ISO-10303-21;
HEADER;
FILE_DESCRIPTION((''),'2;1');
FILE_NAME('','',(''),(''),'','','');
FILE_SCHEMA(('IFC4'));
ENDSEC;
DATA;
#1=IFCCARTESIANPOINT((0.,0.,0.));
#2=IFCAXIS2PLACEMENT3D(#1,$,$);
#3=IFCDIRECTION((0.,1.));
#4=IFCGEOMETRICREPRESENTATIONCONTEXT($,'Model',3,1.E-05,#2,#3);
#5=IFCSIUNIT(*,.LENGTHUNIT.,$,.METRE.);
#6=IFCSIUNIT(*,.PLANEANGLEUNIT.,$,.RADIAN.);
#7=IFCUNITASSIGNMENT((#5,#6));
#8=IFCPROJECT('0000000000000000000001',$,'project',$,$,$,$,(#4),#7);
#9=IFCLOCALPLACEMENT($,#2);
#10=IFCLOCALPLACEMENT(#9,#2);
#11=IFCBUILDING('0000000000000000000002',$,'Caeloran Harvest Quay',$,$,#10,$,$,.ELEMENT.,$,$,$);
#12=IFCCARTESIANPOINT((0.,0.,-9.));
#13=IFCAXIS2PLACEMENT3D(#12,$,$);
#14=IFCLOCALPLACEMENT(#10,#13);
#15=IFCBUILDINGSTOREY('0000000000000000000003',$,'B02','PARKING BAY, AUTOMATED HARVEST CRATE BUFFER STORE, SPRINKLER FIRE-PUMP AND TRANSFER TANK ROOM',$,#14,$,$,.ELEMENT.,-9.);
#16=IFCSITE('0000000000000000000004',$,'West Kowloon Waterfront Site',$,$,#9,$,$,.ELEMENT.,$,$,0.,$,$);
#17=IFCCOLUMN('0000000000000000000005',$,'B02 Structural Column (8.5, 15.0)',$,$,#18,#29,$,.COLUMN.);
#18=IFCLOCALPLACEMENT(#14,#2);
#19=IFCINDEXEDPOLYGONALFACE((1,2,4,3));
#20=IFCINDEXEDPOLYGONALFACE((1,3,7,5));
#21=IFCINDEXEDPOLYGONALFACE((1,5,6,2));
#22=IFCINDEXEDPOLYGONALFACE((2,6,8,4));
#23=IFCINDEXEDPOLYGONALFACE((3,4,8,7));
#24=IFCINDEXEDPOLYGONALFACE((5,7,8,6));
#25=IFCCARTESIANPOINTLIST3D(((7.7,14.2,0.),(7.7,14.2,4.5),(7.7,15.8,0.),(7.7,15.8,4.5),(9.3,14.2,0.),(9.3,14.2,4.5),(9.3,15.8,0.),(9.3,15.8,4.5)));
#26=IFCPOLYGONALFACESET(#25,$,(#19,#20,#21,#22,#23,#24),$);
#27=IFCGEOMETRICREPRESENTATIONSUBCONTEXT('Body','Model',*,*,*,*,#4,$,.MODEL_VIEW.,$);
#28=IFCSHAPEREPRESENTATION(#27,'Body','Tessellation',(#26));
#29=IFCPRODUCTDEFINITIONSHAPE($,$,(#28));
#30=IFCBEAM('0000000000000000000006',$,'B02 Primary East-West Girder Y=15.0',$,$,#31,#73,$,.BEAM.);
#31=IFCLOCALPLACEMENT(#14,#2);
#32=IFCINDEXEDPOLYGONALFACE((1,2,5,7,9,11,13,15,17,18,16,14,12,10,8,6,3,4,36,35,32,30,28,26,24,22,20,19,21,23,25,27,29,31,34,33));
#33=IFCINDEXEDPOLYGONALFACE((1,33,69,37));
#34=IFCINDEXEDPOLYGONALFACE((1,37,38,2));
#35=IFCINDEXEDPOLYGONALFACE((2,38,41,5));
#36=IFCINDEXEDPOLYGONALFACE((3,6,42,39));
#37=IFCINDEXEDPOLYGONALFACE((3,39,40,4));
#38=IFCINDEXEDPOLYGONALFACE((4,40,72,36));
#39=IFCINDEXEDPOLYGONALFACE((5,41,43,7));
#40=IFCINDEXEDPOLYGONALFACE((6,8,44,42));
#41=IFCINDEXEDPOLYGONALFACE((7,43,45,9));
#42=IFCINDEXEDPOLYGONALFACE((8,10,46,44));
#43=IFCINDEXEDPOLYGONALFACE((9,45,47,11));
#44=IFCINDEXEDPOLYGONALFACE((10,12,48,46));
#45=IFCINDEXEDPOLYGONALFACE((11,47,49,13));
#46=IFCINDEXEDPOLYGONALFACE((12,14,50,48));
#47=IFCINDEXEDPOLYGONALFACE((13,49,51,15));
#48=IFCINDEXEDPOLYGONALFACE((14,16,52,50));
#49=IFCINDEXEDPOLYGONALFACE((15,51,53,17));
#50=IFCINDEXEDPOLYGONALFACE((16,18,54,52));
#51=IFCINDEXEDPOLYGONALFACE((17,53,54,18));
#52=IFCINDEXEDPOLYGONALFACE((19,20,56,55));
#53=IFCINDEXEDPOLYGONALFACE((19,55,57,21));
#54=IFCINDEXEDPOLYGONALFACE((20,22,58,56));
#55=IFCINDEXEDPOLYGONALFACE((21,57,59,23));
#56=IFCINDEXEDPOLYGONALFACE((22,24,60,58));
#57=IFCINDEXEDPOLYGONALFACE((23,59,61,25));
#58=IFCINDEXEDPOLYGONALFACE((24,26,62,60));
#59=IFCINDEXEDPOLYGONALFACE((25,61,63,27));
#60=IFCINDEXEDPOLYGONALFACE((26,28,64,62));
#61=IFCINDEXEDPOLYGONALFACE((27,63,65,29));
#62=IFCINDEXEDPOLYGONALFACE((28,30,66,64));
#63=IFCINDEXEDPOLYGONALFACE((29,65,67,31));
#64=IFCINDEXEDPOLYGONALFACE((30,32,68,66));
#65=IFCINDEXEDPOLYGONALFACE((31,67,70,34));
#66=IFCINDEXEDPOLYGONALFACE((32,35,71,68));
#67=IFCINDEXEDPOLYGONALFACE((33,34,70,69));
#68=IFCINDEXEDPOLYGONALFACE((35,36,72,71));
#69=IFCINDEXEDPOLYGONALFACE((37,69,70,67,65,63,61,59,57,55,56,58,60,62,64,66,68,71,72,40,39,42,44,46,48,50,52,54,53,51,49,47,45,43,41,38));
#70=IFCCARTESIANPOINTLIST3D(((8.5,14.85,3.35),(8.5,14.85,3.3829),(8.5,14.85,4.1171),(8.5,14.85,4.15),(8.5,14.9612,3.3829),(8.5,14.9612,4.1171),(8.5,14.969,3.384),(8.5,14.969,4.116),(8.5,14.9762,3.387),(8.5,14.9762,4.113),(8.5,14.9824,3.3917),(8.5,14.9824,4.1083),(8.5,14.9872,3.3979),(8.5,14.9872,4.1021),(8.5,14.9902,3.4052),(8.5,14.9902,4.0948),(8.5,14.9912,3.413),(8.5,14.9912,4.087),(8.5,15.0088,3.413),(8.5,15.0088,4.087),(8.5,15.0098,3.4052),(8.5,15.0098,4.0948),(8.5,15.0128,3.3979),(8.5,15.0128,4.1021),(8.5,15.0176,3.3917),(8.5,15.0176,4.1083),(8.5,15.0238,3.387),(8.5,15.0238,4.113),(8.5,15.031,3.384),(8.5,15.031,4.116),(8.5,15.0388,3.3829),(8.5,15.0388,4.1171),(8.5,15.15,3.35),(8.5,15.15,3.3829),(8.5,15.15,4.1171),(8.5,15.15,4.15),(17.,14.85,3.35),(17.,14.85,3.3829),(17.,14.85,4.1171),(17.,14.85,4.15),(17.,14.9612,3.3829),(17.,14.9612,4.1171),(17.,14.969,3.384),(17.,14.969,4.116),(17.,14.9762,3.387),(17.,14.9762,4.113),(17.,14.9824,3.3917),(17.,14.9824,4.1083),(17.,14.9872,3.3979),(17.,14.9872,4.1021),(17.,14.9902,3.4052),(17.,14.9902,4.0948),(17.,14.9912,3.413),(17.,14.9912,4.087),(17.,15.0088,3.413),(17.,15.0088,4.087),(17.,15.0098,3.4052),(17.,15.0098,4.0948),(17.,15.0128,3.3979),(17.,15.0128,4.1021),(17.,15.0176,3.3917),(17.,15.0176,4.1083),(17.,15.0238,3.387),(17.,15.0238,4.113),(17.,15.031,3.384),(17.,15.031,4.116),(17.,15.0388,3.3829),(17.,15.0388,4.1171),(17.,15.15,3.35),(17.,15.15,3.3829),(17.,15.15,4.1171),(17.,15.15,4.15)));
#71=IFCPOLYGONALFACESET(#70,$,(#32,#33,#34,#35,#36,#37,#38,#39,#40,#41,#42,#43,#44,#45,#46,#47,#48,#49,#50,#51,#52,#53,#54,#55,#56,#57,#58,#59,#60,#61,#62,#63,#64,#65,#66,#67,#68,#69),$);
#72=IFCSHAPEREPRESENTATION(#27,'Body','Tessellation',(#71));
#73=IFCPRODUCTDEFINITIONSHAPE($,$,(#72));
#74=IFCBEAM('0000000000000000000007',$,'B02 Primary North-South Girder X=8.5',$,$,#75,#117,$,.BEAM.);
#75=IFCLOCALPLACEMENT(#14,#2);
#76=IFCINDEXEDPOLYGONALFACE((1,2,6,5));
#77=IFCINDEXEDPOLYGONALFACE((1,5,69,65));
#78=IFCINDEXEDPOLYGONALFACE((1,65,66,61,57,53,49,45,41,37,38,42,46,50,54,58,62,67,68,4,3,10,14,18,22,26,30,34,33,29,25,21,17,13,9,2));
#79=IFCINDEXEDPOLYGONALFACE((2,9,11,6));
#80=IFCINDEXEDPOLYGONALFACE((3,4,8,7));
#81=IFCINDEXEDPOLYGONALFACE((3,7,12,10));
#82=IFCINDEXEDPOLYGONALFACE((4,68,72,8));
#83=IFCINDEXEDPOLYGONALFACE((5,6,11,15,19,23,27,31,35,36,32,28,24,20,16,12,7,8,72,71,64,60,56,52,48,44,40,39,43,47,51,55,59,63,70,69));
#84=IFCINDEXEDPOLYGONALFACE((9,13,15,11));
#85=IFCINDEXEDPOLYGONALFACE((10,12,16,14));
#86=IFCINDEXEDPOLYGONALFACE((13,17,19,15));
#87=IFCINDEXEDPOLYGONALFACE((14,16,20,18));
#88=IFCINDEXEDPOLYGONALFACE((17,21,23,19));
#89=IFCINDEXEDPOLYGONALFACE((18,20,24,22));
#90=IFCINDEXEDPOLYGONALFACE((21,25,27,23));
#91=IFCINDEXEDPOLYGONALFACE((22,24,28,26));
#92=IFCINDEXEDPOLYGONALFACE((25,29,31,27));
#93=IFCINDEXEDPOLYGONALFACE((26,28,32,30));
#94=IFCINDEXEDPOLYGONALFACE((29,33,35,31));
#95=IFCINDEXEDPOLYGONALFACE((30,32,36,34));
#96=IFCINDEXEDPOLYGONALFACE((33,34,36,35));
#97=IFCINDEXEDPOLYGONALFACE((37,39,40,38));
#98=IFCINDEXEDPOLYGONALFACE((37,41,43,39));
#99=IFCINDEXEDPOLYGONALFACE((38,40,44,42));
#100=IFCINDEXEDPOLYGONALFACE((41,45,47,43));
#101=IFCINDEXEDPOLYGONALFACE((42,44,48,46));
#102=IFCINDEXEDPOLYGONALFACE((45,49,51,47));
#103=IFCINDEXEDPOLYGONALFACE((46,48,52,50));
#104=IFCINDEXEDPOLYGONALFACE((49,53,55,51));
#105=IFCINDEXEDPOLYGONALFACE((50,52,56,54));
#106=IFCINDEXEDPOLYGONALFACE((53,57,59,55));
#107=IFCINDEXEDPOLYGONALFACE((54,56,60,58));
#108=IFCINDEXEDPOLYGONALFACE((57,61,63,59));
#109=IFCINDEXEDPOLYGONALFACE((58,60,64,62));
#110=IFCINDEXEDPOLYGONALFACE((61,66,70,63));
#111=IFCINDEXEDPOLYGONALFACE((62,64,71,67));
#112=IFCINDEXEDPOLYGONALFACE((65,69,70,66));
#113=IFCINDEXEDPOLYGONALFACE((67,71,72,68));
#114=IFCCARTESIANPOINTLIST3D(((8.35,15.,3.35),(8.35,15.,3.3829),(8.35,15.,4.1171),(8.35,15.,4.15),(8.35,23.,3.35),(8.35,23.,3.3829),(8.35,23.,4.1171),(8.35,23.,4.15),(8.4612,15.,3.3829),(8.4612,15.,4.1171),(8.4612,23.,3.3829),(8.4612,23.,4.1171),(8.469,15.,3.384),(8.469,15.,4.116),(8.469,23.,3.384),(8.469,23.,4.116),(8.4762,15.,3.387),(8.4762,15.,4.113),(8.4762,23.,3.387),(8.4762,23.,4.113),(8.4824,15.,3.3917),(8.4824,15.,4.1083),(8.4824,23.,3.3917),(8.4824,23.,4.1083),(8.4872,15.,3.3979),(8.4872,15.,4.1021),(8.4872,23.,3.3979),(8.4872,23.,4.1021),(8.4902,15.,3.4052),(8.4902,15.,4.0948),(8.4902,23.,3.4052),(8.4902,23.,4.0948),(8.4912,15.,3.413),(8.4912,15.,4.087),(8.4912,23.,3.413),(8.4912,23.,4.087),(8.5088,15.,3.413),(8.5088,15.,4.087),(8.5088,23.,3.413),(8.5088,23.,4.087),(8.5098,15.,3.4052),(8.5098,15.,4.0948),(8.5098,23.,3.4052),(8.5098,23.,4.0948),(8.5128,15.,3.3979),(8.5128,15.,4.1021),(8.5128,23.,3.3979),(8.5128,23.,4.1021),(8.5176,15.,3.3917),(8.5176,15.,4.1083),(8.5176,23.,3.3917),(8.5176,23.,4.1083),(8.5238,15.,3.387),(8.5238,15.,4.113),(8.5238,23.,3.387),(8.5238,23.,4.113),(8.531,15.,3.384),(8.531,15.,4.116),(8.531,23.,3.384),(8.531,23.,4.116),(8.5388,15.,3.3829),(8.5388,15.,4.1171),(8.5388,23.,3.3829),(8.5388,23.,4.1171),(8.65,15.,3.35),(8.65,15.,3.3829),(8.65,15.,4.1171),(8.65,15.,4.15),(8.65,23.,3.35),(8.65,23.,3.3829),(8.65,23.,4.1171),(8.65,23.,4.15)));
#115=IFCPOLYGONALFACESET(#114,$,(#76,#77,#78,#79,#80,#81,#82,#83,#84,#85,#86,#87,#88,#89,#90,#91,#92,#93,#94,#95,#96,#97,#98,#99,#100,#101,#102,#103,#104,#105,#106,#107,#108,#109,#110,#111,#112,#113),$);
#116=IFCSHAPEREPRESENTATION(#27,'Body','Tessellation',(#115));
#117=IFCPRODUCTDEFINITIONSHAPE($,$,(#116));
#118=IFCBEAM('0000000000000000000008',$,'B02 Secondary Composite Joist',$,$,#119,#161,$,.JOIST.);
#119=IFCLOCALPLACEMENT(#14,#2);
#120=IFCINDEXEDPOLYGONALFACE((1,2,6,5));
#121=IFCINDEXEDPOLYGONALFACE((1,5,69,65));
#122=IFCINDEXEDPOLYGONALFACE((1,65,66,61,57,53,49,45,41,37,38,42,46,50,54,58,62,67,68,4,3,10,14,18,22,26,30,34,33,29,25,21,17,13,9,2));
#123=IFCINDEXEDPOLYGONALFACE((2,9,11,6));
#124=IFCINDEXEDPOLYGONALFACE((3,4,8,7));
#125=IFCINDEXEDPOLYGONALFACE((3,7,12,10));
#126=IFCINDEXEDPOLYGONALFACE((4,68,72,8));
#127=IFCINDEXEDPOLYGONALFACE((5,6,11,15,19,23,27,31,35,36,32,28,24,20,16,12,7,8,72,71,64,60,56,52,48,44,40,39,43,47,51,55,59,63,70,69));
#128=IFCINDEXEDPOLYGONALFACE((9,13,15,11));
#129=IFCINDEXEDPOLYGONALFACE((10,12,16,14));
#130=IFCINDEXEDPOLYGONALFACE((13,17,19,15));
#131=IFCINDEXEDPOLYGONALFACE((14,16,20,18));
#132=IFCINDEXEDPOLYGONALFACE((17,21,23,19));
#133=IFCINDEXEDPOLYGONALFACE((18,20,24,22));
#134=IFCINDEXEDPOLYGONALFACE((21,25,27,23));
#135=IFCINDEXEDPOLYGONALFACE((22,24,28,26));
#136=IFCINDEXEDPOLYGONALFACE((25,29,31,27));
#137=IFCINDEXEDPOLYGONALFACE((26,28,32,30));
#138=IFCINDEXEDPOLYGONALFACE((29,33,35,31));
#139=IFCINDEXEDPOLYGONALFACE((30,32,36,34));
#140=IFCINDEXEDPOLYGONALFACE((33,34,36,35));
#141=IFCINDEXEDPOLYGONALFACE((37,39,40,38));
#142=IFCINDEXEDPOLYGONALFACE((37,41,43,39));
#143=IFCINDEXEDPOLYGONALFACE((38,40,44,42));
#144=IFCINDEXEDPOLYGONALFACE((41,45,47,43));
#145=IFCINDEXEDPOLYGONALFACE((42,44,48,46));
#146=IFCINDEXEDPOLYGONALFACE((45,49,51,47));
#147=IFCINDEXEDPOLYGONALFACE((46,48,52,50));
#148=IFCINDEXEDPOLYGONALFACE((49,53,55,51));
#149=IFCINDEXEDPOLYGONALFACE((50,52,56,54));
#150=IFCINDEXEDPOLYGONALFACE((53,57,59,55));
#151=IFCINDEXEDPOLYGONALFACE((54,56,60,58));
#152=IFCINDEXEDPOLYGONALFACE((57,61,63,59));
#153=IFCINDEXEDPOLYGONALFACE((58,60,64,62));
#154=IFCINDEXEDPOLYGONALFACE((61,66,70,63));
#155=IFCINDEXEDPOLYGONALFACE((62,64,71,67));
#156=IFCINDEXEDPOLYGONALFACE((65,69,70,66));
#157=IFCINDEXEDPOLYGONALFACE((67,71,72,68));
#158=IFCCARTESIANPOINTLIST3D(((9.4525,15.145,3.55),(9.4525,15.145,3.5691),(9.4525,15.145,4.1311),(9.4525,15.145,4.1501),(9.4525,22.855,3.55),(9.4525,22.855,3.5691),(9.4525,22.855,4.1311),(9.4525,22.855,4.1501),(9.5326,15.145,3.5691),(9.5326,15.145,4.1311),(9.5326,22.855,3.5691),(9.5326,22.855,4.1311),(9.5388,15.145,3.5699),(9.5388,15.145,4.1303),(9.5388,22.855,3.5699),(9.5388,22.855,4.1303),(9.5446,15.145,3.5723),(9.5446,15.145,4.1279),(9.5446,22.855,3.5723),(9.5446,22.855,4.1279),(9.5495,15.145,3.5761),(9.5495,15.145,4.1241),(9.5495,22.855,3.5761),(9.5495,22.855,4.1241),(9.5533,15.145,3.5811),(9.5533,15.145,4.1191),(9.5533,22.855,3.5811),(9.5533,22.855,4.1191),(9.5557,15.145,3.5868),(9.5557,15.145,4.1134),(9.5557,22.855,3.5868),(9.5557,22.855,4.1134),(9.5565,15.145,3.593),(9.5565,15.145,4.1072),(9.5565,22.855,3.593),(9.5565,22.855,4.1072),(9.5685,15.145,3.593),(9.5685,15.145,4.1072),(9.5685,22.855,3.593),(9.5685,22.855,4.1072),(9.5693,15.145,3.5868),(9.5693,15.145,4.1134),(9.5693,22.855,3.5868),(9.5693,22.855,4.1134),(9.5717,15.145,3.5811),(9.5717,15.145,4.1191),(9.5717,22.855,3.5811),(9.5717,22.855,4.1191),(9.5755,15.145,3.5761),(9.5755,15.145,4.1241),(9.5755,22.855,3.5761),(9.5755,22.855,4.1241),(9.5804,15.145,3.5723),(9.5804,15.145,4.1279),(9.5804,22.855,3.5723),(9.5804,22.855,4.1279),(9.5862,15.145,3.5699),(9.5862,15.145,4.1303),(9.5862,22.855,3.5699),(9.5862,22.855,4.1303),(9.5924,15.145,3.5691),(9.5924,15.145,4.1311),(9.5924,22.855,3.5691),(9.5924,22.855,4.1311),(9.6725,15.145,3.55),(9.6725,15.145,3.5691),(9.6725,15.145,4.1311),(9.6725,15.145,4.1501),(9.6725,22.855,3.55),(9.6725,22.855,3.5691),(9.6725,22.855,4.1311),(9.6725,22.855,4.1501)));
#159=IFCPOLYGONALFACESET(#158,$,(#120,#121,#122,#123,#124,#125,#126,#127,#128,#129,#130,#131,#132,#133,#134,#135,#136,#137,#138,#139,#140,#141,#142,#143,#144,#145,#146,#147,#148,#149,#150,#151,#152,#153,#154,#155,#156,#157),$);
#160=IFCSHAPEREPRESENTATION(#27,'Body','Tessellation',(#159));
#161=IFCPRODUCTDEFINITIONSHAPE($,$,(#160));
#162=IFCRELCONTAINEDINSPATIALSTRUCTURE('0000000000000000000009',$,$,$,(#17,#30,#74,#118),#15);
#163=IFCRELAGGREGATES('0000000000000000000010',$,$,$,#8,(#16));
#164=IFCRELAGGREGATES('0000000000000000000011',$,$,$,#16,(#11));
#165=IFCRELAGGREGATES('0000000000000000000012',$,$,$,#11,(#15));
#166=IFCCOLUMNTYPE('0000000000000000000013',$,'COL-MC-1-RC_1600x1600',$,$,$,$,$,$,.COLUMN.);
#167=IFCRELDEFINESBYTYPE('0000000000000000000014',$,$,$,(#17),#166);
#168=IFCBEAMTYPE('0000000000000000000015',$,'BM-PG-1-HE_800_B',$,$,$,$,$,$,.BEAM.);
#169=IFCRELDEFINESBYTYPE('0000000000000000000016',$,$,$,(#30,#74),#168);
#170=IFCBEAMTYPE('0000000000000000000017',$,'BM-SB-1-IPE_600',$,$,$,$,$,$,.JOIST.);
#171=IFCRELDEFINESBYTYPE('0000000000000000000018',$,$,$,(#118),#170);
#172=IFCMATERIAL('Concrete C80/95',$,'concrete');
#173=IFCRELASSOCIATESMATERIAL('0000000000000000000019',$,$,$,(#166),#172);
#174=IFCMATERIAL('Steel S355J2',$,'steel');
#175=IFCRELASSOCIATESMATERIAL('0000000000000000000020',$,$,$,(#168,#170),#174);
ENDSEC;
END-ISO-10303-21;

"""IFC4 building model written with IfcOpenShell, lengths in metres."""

from ifc_helpers import new_model, si_unit, direction, frame, origin, origin_2d, place, context, subcontext, project, spatial, rectangle, i_section, extrude, material, material_profile, profile_set, type_object, element, save


model = new_model("IFC4")

# Units and contexts
model_context = context("Model", 3, precision=1e-05, world=origin(), true_north=direction((0.0, 1.0)))
body_context = subcontext(model_context, "Body", "Model", "MODEL_VIEW")
ifc_project = project(units=[si_unit("LENGTHUNIT", "METRE"), si_unit("PLANEANGLEUNIT", "RADIAN")], contexts=[model_context])

# Site, building, storey
site_placement = place(None, origin())
site = spatial("IfcSite", under=ifc_project, at=site_placement, Name="West Kowloon Waterfront Site", CompositionType="ELEMENT", RefElevation=0.0)
building_placement = place(site_placement, origin())
building = spatial("IfcBuilding", under=site, at=building_placement, Name="Caeloran Harvest Quay", CompositionType="ELEMENT")
storey_placement = place(building_placement, frame((0.0, 0.0, -9.0)))
storey = spatial("IfcBuildingStorey", under=building, at=storey_placement, Name="B02", Description="PARKING BAY, AUTOMATED HARVEST CRATE BUFFER STORE, SPRINKLER FIRE-PUMP AND TRANSFER TANK ROOM", CompositionType="ELEMENT", Elevation=-9.0)

# Column
ifc_material_1 = material(Name="Concrete C80/95", Category="concrete")
ifc_material_profile_1 = material_profile(ifc_material_1, rectangle(XDim=1.6001, YDim=1.6001, at=origin_2d()), Name="RC 1600x1600")
ifc_profile_set_1 = profile_set([ifc_material_profile_1], Name="Concrete C80/95")
column_type = type_object("IfcColumnType", Name="COL-MC-1-RC_1600x1600", PredefinedType="COLUMN", material=ifc_profile_set_1)
column_placement = place(storey_placement, frame((8.5, 15.0, 0.0), z_axis=(0.0, 0.0, 1.0), x_axis=(1.0, 0.0, 0.0)))
element("IfcColumn", 1, at=column_placement, inside=storey, type_object=column_type, Name="B02 Structural Column (8.5, 15.0)", PredefinedType="COLUMN", context=body_context, shape_type="SweptSolid", body=[
    extrude(rectangle(XDim=1.6001, YDim=1.6001, at=origin_2d()), origin(), (0.0, 0.0, 1.0), 4.5),
])

# Beams
ifc_material_2 = material(Name="Steel S355J2", Category="steel")
ifc_material_profile_2 = material_profile(ifc_material_2, i_section(OverallWidth=0.3, OverallDepth=0.8, WebThickness=0.0176, FlangeThickness=0.033, FilletRadius=0.03, at=origin_2d()), Name="HE 800 B")
ifc_profile_set_2 = profile_set([ifc_material_profile_2], Name="Steel S355J2")
beam_type_1 = type_object("IfcBeamType", Name="BM-PG-1-HE_800_B", PredefinedType="BEAM", material=ifc_profile_set_2)
beam_1_placement = place(storey_placement, frame((8.5, 15.0, 3.75), z_axis=(1.0, 0.0, 0.0), x_axis=(0.0, 1.0, 0.0)))
element("IfcBeam", 2, at=beam_1_placement, inside=storey, type_object=beam_type_1, Name="B02 Primary East-West Girder Y=15.0", PredefinedType="BEAM", context=body_context, shape_type="SweptSolid", body=[
    extrude(i_section(OverallWidth=0.3, OverallDepth=0.8, WebThickness=0.0176, FlangeThickness=0.033, FilletRadius=0.03, at=origin_2d()), origin(), (0.0, 0.0, 1.0), 8.5),
])
beam_2_placement = place(storey_placement, frame((8.5, 15.0, 3.75), z_axis=(0.0, 1.0, 0.0), x_axis=(-1.0, 0.0, 0.0)))
element("IfcBeam", 3, at=beam_2_placement, inside=storey, type_object=beam_type_1, Name="B02 Primary North-South Girder X=8.5", PredefinedType="BEAM", context=body_context, shape_type="SweptSolid", body=[
    extrude(i_section(OverallWidth=0.3, OverallDepth=0.8, WebThickness=0.0176, FlangeThickness=0.033, FilletRadius=0.03, at=origin_2d()), origin(), (0.0, 0.0, 1.0), 8.0),
])
ifc_material_profile_3 = material_profile(ifc_material_2, i_section(OverallWidth=0.22, OverallDepth=0.6001, WebThickness=0.012, FlangeThickness=0.019, FilletRadius=0.0239, at=origin_2d()), Name="IPE 600")
ifc_profile_set_3 = profile_set([ifc_material_profile_3], Name="Steel S355J2")
beam_type_2 = type_object("IfcBeamType", Name="BM-SB-1-IPE_600", PredefinedType="JOIST", material=ifc_profile_set_3)
for number, where, z_axis, x_axis, name in (
    (4, (9.5625, 15.145, 3.8501), (0.0, 1.0, 0.0), (-1.0, 0.0, 0.0), "B02 Secondary Composite Joist"),
):
    element("IfcBeam", number, at=place(storey_placement, frame(where, z_axis=z_axis, x_axis=x_axis)), inside=storey, type_object=beam_type_2, Name=name, PredefinedType="JOIST", context=body_context, shape_type="SweptSolid", body=[
        extrude(i_section(OverallWidth=0.22, OverallDepth=0.6001, WebThickness=0.012, FlangeThickness=0.019, FilletRadius=0.0239, at=origin_2d()), origin(), (0.0, 0.0, 1.0), 7.71),
    ])

save(model, "model.ifc")
